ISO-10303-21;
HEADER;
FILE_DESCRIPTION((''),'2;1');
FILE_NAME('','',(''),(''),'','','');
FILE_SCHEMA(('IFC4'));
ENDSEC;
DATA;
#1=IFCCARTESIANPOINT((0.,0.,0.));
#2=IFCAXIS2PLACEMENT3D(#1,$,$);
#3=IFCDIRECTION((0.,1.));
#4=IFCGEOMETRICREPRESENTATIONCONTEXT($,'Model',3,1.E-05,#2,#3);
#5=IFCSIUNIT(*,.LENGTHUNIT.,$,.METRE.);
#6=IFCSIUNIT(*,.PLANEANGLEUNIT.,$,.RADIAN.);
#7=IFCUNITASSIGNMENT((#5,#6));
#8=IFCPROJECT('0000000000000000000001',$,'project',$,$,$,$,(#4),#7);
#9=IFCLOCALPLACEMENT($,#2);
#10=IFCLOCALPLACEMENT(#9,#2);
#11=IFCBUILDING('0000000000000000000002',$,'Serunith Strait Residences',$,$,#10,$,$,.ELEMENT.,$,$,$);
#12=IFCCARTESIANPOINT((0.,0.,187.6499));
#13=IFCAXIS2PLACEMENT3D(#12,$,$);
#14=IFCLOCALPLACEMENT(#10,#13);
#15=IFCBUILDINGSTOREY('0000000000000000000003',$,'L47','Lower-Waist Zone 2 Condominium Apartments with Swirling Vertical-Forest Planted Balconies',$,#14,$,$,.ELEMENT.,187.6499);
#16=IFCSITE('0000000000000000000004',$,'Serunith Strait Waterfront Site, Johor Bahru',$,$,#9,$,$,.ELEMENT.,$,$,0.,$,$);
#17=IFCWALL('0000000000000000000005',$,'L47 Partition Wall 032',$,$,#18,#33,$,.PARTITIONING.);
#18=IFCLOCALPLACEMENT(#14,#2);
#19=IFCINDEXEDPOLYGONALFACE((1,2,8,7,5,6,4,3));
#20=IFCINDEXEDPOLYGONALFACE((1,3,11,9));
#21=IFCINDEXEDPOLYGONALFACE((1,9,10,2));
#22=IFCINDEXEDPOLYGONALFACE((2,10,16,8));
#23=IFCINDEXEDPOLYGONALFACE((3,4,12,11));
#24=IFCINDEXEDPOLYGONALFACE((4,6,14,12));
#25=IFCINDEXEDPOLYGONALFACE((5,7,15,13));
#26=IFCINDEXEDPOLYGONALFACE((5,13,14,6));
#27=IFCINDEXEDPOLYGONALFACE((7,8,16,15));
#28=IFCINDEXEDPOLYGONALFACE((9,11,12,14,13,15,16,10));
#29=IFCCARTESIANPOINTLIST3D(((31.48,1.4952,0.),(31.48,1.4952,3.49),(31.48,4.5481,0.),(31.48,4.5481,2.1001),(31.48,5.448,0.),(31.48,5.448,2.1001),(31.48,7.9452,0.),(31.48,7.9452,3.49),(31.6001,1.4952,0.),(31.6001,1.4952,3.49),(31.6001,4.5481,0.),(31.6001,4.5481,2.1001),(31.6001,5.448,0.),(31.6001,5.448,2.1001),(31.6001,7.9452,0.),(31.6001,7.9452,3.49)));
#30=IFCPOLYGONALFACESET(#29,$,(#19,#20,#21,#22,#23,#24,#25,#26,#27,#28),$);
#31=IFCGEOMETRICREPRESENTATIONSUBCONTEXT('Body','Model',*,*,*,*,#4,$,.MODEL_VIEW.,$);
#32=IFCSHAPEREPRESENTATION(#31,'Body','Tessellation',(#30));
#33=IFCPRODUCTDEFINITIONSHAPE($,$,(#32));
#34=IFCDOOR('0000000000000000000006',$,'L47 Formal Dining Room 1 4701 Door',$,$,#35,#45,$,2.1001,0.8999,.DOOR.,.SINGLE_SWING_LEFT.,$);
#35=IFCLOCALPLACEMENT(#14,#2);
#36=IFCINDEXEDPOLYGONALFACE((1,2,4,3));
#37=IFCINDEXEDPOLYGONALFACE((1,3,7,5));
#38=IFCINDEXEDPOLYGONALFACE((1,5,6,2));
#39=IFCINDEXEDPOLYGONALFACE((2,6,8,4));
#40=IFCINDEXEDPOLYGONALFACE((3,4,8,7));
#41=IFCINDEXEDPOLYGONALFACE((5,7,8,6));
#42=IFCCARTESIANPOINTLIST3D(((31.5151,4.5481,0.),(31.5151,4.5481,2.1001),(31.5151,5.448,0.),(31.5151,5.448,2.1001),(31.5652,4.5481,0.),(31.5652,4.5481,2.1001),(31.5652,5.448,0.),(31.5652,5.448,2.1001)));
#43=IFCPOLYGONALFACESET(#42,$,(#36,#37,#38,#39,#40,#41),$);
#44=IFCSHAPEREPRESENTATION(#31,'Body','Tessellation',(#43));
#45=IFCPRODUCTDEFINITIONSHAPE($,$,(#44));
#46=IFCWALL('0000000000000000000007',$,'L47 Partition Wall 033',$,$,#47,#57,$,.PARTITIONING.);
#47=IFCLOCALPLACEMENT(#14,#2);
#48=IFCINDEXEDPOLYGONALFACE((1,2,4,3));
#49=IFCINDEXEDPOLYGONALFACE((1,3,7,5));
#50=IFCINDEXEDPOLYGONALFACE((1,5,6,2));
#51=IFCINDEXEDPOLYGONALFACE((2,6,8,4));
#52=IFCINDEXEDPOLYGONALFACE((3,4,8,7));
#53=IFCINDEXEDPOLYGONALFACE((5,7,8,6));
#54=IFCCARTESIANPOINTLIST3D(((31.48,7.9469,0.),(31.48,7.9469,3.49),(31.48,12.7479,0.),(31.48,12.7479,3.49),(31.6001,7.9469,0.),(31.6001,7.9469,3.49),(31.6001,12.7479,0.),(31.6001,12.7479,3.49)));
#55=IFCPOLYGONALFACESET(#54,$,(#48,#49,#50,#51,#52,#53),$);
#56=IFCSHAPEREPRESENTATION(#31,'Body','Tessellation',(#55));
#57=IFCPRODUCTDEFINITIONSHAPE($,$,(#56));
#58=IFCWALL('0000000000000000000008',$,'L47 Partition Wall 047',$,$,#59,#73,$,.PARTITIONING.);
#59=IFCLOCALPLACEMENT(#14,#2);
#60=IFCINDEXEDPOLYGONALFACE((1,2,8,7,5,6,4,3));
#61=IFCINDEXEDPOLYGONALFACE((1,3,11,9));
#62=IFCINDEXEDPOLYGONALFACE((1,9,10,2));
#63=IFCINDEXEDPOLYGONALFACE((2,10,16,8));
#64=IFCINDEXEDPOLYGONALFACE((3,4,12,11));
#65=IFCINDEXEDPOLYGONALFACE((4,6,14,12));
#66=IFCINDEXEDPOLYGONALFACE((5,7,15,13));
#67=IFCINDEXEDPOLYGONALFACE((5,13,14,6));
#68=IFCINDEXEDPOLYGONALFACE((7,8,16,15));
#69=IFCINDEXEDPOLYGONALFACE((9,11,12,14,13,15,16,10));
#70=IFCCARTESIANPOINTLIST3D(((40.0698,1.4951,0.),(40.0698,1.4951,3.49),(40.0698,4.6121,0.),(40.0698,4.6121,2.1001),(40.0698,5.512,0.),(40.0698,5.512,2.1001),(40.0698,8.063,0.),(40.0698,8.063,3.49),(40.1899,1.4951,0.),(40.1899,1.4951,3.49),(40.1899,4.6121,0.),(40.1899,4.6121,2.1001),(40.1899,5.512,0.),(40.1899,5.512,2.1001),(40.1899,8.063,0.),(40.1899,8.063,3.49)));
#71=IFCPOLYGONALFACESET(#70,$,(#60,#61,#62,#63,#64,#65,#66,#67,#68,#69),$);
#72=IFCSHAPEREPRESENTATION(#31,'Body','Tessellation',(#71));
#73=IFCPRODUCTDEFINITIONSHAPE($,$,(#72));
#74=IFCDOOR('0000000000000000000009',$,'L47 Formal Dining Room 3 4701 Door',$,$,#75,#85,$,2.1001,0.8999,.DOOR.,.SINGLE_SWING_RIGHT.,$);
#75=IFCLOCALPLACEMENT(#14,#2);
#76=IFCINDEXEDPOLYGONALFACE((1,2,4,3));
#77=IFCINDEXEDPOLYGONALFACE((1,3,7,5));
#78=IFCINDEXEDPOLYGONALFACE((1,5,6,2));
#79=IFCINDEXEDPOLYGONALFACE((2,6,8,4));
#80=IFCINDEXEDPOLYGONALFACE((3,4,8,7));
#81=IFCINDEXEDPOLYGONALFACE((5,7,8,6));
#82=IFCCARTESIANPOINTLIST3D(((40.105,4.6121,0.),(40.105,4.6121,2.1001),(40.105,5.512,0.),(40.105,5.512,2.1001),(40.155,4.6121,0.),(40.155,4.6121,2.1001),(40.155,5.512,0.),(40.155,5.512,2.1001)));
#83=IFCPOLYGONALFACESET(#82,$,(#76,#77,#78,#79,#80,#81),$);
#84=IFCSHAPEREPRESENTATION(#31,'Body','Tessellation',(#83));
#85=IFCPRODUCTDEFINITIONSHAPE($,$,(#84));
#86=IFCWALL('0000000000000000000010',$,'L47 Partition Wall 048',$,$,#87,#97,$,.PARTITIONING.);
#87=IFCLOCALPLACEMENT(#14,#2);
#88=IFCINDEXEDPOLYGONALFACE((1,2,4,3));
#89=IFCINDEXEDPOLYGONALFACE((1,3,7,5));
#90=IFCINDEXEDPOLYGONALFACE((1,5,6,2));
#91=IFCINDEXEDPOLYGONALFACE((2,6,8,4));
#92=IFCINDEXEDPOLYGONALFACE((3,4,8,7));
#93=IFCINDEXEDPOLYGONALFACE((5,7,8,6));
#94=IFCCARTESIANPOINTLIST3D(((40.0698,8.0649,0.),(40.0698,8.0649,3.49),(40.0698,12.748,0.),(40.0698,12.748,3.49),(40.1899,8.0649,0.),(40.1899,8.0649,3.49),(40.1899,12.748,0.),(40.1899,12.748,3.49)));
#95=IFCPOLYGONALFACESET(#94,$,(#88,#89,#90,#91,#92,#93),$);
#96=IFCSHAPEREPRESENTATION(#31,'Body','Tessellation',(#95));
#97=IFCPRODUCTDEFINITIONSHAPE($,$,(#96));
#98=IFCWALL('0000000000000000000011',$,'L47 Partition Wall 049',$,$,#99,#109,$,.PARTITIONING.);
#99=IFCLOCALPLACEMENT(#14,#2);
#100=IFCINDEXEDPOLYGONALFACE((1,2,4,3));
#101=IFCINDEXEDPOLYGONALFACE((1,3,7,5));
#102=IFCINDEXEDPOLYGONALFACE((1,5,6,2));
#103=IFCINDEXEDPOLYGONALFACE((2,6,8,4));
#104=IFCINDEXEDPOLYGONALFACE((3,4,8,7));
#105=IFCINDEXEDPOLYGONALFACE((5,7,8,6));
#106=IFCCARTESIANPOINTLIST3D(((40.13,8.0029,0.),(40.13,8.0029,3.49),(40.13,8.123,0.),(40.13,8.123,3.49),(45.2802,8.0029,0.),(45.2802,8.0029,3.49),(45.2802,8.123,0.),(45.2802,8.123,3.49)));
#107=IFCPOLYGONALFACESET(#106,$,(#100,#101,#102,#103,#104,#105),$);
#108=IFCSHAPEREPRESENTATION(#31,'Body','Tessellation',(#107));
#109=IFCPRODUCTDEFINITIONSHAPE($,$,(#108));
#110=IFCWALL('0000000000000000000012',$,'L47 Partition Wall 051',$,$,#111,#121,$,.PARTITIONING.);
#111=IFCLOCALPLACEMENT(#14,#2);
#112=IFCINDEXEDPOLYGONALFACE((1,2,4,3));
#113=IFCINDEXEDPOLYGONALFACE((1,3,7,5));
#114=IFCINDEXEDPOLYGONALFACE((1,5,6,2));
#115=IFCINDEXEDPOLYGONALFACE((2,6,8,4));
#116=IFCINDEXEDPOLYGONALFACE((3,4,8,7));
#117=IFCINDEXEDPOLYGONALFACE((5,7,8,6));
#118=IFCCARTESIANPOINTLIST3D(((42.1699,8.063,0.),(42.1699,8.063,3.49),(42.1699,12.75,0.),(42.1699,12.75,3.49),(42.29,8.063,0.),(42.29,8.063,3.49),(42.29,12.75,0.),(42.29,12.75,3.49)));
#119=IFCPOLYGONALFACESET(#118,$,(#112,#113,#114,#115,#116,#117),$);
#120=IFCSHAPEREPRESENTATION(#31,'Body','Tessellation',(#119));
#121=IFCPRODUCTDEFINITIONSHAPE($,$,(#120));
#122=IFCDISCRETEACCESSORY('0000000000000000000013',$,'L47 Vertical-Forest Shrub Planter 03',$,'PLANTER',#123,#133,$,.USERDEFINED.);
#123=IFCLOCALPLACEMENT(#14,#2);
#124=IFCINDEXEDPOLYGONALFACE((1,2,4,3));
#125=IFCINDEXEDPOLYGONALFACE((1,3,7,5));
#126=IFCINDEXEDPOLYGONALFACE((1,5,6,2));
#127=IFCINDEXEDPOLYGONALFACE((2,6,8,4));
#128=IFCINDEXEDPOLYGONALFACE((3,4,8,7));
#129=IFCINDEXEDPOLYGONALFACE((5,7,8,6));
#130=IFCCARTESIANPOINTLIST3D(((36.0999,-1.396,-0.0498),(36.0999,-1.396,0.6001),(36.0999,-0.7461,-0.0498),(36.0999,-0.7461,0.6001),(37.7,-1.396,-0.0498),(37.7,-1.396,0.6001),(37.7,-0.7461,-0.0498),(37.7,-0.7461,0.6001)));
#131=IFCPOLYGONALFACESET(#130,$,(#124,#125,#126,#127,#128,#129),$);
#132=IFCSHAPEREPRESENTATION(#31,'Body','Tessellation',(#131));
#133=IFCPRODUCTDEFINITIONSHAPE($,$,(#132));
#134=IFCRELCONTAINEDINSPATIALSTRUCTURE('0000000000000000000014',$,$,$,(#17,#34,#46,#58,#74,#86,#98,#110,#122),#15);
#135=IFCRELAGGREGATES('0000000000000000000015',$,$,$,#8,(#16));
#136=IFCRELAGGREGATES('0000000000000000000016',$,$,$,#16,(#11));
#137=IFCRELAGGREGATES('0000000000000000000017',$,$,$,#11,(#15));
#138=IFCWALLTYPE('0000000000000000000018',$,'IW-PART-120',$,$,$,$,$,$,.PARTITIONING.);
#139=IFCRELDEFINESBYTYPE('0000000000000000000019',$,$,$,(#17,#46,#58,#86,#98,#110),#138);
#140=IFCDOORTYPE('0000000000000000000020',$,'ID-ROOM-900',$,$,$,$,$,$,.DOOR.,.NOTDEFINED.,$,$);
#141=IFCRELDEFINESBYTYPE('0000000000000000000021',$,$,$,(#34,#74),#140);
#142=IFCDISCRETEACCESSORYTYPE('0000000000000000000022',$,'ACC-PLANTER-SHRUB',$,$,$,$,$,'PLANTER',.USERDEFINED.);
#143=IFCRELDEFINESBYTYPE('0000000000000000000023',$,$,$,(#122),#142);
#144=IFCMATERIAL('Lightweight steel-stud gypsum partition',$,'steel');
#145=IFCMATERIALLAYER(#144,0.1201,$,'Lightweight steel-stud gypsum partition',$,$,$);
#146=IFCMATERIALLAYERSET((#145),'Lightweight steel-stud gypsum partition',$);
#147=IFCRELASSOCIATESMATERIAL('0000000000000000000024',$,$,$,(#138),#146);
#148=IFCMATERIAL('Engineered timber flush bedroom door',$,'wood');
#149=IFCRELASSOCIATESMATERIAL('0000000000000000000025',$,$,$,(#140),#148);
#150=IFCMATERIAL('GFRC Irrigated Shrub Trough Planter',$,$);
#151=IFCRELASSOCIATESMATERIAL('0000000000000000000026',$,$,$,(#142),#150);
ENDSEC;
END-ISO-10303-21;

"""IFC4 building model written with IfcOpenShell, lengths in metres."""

from ifc_helpers import new_model, si_unit, direction, frame, frame_2d, origin, origin_2d, place, context, subcontext, project, spatial, rectangle, extrude, source, transform, mapped, material, layer, layer_set, type_object, element, fill, save


model = new_model("IFC4")

# Units and contexts
model_context = context("Model", 3, precision=1e-05, world=origin(), true_north=direction((0.0, 1.0)))
body_context = subcontext(model_context, "Body", "Model", "MODEL_VIEW")
ifc_project = project(units=[si_unit("LENGTHUNIT", "METRE"), si_unit("PLANEANGLEUNIT", "RADIAN")], contexts=[model_context])

# Site, building, storey
site_placement = place(None, origin())
site = spatial("IfcSite", under=ifc_project, at=site_placement, Name="Serunith Strait Waterfront Site, Johor Bahru", CompositionType="ELEMENT", RefElevation=0.0)
building_placement = place(site_placement, origin())
building = spatial("IfcBuilding", under=site, at=building_placement, Name="Serunith Strait Residences", CompositionType="ELEMENT")
storey_placement = place(building_placement, frame((0.0, 0.0, 187.6499)))
storey = spatial("IfcBuildingStorey", under=building, at=storey_placement, Name="L47", Description="Lower-Waist Zone 2 Condominium Apartments with Swirling Vertical-Forest Planted Balconies", CompositionType="ELEMENT", Elevation=187.6499)

# Shared definitions
ifc_material_1 = material(Name="Lightweight steel-stud gypsum partition", Category="steel")
ifc_layer_1 = layer(ifc_material_1, 0.1201, Name="Lightweight steel-stud gypsum partition")
ifc_layer_set_1 = layer_set([ifc_layer_1], Name="Lightweight steel-stud gypsum partition")
wall_type_1 = type_object("IfcWallType", Name="IW-PART-120", PredefinedType="PARTITIONING", material=ifc_layer_set_1)

# Wall, opening, door
wall_1_placement = place(storey_placement, frame((31.54, 1.4951, 0.0), z_axis=(0.0, 0.0, 1.0), x_axis=(0.0, 1.0, 0.0)))
wall_1 = element("IfcWall", 1, at=wall_1_placement, inside=storey, type_object=wall_type_1, Name="L47 Partition Wall 032", PredefinedType="PARTITIONING", context=body_context, shape_type="SweptSolid", body=[
    extrude(rectangle(XDim=6.45, YDim=0.1201, at=frame_2d((3.2251, 0.0))), origin(), (0.0, 0.0, 1.0), 3.49),
])
opening_1_placement = place(wall_1_placement, frame((3.053, 0.0, 0.0)))
opening_1 = element("IfcOpeningElement", 2, at=opening_1_placement, cuts=wall_1, PredefinedType="OPENING", context=body_context, shape_type="SweptSolid", body=[
    extrude(rectangle(XDim=0.8999, YDim=2.1001, at=frame_2d((0.45, 1.05))), frame((0.0, 0.0701, 0.0), z_axis=(0.0, -1.0, 0.0), x_axis=(1.0, 0.0, 0.0)), (0.0, 0.0, 1.0), 0.1401),
])
ifc_material_2 = material(Name="Engineered timber flush bedroom door", Category="wood")
door_type_1 = type_object("IfcDoorType", Name="ID-ROOM-900", OperationType="NOTDEFINED", PredefinedType="DOOR", material=ifc_material_2)
shared_shape_1 = source(origin(), body_context, "Body", "SweptSolid", [
    extrude(rectangle(XDim=0.8999, YDim=2.1001, at=frame_2d((0.45, 1.05))), frame((0.0, 0.0249, 0.0), z_axis=(0.0, -1.0, 0.0), x_axis=(1.0, 0.0, 0.0)), (0.0, 0.0, 1.0), 0.05),
])
door_1_placement = place(opening_1_placement, origin())
door_1 = element("IfcDoor", 3, at=door_1_placement, inside=storey, type_object=door_type_1, Name="L47 Formal Dining Room 1 4701 Door", OperationType="SINGLE_SWING_LEFT", OverallHeight=2.1001, OverallWidth=0.8999, PredefinedType="DOOR", context=body_context, shape_type="MappedRepresentation", body=[
    mapped(shared_shape_1, transform((0.0, 0.0, 0.0), scale=1.0)),
])
fill(opening_1, door_1)

# Wall
wall_2_placement = place(storey_placement, frame((31.54, 7.947, 0.0), z_axis=(0.0, 0.0, 1.0), x_axis=(0.0, 1.0, 0.0)))
element("IfcWall", 4, at=wall_2_placement, inside=storey, type_object=wall_type_1, Name="L47 Partition Wall 033", PredefinedType="PARTITIONING", context=body_context, shape_type="SweptSolid", body=[
    extrude(rectangle(XDim=4.801, YDim=0.1201, at=frame_2d((2.4004, 0.0))), origin(), (0.0, 0.0, 1.0), 3.49),
])

# Wall, opening, door
wall_3_placement = place(storey_placement, frame((40.1299, 1.4951, 0.0), z_axis=(0.0, 0.0, 1.0), x_axis=(0.0, 1.0, 0.0)))
wall_3 = element("IfcWall", 5, at=wall_3_placement, inside=storey, type_object=wall_type_1, Name="L47 Partition Wall 047", PredefinedType="PARTITIONING", context=body_context, shape_type="SweptSolid", body=[
    extrude(rectangle(XDim=6.5679, YDim=0.1201, at=frame_2d((3.2839, 0.0))), origin(), (0.0, 0.0, 1.0), 3.49),
])
opening_2_placement = place(wall_3_placement, frame((3.1169, 0.0, 0.0)))
opening_2 = element("IfcOpeningElement", 6, at=opening_2_placement, cuts=wall_3, PredefinedType="OPENING", context=body_context, shape_type="SweptSolid", body=[
    extrude(rectangle(XDim=0.8999, YDim=2.1001, at=frame_2d((0.45, 1.05))), frame((0.0, 0.0701, 0.0), z_axis=(0.0, -1.0, 0.0), x_axis=(1.0, 0.0, 0.0)), (0.0, 0.0, 1.0), 0.1401),
])
door_2_placement = place(opening_2_placement, origin())
door_2 = element("IfcDoor", 7, at=door_2_placement, inside=storey, type_object=door_type_1, Name="L47 Formal Dining Room 3 4701 Door", OperationType="SINGLE_SWING_RIGHT", OverallHeight=2.1001, OverallWidth=0.8999, PredefinedType="DOOR", context=body_context, shape_type="MappedRepresentation", body=[
    mapped(shared_shape_1, transform((0.0, 0.0, 0.0), scale=1.0)),
])
fill(opening_2, door_2)

# Walls
wall_4_placement = place(storey_placement, frame((40.1299, 8.0649, 0.0), z_axis=(0.0, 0.0, 1.0), x_axis=(0.0, 1.0, 0.0)))
element("IfcWall", 8, at=wall_4_placement, inside=storey, type_object=wall_type_1, Name="L47 Partition Wall 048", PredefinedType="PARTITIONING", context=body_context, shape_type="SweptSolid", body=[
    extrude(rectangle(XDim=4.6831, YDim=0.1201, at=frame_2d((2.3416, 0.0))), origin(), (0.0, 0.0, 1.0), 3.49),
])
wall_5_placement = place(storey_placement, frame((40.1299, 8.063, 0.0), z_axis=(0.0, 0.0, 1.0), x_axis=(1.0, 0.0, 0.0)))
element("IfcWall", 9, at=wall_5_placement, inside=storey, type_object=wall_type_1, Name="L47 Partition Wall 049", PredefinedType="PARTITIONING", context=body_context, shape_type="SweptSolid", body=[
    extrude(rectangle(XDim=5.1501, YDim=0.1201, at=frame_2d((2.5752, 0.0))), origin(), (0.0, 0.0, 1.0), 3.49),
])
wall_6_placement = place(storey_placement, frame((42.23, 8.063, 0.0), z_axis=(0.0, 0.0, 1.0), x_axis=(0.0, 1.0, 0.0)))
element("IfcWall", 10, at=wall_6_placement, inside=storey, type_object=wall_type_1, Name="L47 Partition Wall 051", PredefinedType="PARTITIONING", context=body_context, shape_type="SweptSolid", body=[
    extrude(rectangle(XDim=4.687, YDim=0.1201, at=frame_2d((2.3435, 0.0))), origin(), (0.0, 0.0, 1.0), 3.49),
])

# Discrete accessory
ifc_material_3 = material(Name="GFRC Irrigated Shrub Trough Planter")
discrete_accessory_type = type_object("IfcDiscreteAccessoryType", Name="ACC-PLANTER-SHRUB", ElementType="PLANTER", PredefinedType="USERDEFINED", material=ifc_material_3)
shared_shape_2 = source(origin(), body_context, "Body", "SweptSolid", [
    extrude(rectangle(XDim=1.6001, YDim=0.6499, at=origin_2d()), origin(), (0.0, 0.0, 1.0), 0.6499),
])
discrete_accessory_placement = place(storey_placement, frame((36.8999, -1.071, -0.0498), z_axis=(0.0, 0.0, 1.0), x_axis=(1.0, 0.0, 0.0)))
element("IfcDiscreteAccessory", 11, at=discrete_accessory_placement, inside=storey, type_object=discrete_accessory_type, Name="L47 Vertical-Forest Shrub Planter 03", ObjectType="PLANTER", PredefinedType="USERDEFINED", context=body_context, shape_type="MappedRepresentation", body=[
    mapped(shared_shape_2, transform((0.0, 0.0, 0.0), scale=1.0)),
])

save(model, "model.ifc")
